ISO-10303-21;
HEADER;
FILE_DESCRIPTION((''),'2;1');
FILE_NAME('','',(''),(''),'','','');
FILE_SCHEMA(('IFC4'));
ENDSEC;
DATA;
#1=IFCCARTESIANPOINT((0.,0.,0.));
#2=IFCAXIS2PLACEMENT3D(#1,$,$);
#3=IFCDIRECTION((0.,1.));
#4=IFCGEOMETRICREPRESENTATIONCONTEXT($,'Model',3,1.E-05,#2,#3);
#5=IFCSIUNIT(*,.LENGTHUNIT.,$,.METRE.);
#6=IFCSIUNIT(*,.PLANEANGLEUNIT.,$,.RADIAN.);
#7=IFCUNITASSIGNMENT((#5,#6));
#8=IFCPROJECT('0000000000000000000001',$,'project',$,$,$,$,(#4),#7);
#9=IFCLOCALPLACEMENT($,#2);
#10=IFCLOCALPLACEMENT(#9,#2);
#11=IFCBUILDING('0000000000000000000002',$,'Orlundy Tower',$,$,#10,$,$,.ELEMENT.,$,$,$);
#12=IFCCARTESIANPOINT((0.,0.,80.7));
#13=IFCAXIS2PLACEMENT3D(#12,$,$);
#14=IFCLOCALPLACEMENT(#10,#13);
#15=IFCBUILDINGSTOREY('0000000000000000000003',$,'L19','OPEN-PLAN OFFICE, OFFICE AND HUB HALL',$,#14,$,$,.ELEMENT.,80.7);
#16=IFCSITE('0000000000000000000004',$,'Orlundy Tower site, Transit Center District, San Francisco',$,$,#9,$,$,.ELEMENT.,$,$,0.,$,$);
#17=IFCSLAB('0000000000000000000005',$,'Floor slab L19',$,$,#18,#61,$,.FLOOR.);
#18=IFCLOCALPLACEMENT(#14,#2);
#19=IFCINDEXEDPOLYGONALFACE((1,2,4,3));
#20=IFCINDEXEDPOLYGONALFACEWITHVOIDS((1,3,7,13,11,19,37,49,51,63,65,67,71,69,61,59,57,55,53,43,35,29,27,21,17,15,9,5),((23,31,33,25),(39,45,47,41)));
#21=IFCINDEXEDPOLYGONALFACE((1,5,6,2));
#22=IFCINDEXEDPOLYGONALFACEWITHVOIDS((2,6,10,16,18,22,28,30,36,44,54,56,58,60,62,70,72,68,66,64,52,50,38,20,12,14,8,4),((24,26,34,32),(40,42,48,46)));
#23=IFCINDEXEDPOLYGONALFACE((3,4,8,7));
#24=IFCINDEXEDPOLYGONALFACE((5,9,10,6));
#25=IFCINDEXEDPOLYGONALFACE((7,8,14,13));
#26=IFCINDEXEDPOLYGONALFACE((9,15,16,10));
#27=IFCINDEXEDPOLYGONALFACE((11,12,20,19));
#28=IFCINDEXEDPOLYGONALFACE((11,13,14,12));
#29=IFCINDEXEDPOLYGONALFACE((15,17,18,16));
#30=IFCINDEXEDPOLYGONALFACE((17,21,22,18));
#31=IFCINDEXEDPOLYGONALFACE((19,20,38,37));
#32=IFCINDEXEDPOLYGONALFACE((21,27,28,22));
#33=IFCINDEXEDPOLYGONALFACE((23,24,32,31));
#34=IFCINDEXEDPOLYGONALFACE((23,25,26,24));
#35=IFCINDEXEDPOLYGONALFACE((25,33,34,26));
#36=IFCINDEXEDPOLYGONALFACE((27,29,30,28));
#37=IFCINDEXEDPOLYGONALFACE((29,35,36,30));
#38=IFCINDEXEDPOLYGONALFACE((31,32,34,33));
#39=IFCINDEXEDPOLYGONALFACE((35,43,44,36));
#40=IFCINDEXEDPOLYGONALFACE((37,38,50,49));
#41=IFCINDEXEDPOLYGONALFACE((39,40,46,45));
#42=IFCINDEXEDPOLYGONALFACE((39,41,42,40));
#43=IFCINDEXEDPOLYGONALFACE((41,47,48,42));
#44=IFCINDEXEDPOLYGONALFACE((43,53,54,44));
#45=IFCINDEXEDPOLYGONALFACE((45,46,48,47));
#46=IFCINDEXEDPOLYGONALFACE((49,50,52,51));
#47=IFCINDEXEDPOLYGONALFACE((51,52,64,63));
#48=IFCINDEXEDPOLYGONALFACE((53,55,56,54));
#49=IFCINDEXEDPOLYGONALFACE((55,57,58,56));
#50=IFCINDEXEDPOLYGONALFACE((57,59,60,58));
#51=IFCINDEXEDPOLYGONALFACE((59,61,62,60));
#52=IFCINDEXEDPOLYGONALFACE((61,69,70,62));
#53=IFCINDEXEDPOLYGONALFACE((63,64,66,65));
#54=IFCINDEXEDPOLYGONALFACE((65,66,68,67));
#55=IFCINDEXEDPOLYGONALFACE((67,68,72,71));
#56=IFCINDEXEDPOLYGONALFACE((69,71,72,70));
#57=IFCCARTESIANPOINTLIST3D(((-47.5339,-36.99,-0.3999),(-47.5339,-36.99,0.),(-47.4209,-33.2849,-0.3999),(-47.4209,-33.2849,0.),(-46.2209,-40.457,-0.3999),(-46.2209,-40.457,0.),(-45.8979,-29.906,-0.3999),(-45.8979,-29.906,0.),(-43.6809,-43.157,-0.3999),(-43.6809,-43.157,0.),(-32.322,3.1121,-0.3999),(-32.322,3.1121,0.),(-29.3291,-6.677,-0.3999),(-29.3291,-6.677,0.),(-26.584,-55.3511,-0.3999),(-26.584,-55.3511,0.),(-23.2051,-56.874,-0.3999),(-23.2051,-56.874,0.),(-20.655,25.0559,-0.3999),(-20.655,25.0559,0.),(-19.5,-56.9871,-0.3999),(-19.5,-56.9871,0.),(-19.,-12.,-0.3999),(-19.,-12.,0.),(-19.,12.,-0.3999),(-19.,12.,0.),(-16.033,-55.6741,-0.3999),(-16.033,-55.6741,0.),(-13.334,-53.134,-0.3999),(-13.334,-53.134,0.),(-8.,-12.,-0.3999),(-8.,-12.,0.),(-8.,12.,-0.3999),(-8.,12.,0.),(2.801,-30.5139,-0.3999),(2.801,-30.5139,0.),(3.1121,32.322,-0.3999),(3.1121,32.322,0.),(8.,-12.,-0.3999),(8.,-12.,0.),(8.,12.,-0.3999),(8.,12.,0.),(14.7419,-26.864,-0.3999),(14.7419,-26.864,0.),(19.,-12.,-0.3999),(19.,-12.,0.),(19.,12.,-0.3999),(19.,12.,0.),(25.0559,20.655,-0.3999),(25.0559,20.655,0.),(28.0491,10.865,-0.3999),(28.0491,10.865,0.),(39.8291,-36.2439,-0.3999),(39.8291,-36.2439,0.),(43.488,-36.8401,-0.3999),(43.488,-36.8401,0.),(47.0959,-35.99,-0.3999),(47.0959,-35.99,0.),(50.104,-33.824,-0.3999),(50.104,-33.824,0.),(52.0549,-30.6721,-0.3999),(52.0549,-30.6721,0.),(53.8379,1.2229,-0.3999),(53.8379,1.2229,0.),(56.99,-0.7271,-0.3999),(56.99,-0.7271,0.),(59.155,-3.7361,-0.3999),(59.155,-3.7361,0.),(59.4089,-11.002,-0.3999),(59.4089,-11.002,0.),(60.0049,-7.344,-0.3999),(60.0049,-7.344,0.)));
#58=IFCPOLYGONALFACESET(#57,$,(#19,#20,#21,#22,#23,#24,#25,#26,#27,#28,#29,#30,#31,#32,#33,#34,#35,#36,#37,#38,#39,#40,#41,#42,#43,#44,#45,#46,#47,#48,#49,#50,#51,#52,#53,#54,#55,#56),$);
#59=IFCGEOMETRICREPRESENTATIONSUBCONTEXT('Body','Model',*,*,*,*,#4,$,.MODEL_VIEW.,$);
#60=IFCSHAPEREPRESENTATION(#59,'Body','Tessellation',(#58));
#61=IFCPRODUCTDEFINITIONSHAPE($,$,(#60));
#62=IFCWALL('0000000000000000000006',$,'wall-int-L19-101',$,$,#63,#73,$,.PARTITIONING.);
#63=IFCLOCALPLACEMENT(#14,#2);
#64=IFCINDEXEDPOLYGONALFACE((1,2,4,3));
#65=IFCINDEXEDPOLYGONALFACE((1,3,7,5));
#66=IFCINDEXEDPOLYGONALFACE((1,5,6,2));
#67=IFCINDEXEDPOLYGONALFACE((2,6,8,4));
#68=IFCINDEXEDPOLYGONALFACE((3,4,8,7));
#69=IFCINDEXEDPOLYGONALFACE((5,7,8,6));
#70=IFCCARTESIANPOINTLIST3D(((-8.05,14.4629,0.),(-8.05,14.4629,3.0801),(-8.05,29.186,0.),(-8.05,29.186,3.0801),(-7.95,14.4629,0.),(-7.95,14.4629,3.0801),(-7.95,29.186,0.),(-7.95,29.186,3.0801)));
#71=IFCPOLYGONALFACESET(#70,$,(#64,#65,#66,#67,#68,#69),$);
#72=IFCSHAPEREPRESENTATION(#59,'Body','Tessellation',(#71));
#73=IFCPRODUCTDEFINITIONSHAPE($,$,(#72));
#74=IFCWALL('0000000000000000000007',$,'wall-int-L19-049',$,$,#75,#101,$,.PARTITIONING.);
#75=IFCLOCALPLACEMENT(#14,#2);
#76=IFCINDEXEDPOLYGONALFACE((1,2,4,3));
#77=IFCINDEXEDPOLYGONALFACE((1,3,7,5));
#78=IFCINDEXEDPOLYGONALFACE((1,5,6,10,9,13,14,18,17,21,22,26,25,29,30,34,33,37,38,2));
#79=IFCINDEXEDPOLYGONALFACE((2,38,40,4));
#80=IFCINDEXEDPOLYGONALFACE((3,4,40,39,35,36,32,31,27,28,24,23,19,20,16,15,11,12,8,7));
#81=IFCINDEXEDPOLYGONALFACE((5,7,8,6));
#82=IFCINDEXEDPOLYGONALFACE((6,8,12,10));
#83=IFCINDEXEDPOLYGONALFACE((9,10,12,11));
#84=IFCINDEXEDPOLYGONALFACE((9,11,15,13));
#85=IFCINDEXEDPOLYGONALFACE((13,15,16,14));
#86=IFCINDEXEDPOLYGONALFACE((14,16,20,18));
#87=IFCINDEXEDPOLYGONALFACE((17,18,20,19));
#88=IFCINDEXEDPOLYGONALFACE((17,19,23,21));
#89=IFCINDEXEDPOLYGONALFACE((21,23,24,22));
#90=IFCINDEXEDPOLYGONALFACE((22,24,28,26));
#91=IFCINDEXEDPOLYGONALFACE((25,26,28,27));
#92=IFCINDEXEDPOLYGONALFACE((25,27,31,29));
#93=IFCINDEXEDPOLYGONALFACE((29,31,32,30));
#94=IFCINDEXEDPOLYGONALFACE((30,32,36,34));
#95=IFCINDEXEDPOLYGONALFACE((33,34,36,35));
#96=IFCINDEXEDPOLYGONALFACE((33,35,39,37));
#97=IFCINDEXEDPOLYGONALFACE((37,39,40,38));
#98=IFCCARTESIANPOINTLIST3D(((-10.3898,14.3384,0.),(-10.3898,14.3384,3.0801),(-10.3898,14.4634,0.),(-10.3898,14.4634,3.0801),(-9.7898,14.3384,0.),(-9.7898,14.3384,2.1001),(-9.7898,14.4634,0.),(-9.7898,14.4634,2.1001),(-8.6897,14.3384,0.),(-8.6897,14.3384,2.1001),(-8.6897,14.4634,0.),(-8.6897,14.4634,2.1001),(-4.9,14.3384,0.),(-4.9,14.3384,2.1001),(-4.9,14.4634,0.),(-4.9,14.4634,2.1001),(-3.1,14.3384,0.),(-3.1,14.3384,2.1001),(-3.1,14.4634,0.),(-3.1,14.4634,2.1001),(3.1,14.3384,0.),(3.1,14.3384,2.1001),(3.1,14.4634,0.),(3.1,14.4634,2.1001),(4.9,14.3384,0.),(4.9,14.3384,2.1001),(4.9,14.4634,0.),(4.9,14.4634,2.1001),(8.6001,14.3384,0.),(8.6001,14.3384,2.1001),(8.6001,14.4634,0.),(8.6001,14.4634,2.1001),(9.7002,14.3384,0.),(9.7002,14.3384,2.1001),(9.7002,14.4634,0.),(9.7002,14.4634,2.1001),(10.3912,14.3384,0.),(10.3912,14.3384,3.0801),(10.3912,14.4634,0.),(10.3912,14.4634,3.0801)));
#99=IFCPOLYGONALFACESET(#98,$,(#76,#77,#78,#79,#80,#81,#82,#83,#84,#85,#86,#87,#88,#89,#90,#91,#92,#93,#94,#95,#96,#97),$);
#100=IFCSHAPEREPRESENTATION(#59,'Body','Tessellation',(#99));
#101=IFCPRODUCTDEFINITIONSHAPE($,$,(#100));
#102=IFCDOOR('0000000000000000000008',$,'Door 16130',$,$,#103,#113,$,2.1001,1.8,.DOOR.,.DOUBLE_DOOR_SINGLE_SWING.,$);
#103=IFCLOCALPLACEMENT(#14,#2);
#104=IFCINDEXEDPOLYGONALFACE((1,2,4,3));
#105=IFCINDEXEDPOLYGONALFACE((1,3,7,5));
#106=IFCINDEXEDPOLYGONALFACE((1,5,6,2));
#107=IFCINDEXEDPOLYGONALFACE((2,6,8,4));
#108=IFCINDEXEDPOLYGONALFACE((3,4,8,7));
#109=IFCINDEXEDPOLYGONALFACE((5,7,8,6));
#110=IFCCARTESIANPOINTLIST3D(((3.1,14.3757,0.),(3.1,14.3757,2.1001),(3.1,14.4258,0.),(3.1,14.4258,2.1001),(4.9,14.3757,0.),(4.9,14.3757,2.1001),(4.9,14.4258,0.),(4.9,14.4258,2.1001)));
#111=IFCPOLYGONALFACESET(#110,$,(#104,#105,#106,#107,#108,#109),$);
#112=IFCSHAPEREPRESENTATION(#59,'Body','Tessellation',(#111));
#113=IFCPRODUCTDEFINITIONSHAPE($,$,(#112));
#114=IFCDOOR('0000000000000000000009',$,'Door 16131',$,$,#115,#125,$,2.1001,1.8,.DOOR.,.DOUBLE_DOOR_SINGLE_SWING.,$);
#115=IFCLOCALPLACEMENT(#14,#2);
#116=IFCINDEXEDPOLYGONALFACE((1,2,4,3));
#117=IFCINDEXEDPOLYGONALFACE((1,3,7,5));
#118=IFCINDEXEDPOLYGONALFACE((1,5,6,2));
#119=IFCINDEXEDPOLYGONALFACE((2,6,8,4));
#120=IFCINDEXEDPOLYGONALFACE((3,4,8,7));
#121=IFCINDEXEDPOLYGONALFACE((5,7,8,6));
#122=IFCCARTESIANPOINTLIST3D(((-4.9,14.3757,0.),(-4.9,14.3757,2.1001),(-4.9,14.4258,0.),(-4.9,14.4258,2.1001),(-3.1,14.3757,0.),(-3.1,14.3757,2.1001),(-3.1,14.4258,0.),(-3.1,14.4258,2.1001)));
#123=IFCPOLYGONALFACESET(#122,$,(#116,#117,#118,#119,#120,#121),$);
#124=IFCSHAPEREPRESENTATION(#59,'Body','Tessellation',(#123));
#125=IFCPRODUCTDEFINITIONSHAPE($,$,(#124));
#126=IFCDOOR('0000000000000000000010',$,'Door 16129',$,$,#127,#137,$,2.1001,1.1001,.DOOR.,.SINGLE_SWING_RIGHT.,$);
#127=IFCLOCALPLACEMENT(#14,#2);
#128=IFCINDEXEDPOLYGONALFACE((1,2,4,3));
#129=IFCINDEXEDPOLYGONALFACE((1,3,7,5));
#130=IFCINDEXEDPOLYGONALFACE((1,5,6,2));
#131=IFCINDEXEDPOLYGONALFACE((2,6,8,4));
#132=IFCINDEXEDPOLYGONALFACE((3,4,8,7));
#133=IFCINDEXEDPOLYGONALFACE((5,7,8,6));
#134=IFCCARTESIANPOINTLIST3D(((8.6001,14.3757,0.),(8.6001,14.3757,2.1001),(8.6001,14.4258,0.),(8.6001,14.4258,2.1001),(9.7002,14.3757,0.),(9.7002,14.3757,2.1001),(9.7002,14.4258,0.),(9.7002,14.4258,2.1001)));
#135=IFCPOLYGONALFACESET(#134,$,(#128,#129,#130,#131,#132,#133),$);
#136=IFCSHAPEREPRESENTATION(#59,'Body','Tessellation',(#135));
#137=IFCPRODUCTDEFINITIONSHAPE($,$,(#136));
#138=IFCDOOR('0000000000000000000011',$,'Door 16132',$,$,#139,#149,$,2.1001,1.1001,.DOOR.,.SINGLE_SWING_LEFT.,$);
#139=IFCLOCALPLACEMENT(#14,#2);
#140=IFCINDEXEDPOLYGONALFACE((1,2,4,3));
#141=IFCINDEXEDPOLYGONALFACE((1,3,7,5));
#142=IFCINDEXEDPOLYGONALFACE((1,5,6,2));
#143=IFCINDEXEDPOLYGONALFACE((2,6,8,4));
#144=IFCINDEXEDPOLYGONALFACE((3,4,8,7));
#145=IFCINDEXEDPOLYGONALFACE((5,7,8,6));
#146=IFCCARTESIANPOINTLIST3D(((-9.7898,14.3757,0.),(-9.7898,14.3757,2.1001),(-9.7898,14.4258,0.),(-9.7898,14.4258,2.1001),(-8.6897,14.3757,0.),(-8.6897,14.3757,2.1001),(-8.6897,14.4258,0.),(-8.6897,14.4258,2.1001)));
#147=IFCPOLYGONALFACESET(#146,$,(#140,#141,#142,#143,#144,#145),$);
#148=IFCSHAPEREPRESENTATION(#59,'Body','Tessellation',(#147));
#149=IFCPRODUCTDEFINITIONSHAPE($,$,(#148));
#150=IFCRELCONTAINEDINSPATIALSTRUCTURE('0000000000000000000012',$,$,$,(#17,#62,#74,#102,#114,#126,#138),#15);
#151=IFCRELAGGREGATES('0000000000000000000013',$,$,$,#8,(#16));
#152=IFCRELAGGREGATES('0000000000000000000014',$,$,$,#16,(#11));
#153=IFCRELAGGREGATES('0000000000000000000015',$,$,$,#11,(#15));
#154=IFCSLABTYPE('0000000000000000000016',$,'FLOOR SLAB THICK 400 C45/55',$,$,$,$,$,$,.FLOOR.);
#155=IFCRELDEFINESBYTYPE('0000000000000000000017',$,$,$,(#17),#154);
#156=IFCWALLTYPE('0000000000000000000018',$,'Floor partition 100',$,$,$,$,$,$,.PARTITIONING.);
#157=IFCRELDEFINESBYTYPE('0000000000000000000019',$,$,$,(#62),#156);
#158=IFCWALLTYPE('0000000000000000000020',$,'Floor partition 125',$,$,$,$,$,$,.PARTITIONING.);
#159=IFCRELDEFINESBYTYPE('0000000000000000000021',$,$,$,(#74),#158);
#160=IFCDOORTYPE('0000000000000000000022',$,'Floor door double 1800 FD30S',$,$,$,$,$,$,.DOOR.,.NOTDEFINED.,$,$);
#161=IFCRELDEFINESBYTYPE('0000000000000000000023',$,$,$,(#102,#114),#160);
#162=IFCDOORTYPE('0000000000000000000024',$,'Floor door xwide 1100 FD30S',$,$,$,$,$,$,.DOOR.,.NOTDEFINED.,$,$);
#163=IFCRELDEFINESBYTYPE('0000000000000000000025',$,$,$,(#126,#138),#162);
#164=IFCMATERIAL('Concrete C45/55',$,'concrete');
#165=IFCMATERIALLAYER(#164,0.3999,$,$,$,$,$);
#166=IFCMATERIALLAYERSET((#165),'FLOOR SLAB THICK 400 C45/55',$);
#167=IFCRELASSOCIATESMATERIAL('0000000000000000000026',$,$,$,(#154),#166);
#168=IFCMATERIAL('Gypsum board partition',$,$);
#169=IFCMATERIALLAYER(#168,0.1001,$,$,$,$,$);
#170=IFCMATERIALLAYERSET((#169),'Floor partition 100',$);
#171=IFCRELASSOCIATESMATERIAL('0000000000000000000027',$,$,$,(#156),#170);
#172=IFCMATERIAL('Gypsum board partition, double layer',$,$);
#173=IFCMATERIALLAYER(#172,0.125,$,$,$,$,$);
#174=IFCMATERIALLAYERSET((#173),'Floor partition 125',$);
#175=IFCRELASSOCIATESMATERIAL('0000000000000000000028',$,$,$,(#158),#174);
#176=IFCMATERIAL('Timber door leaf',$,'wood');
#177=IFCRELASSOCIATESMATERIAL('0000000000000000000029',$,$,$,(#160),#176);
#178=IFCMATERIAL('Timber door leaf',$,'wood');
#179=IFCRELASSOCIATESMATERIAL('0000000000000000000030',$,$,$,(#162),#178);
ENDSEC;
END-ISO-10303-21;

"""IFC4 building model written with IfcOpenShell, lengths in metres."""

from ifc_helpers import new_model, si_unit, direction, frame, frame_2d, origin, place, context, subcontext, project, spatial, polyline, rectangle, outline, extrude, material, layer, layer_set, type_object, element, fill, save


model = new_model("IFC4")

# Units and contexts
model_context = context("Model", 3, precision=1e-05, world=origin(), true_north=direction((0.0, 1.0)))
body_context = subcontext(model_context, "Body", "Model", "MODEL_VIEW")
ifc_project = project(units=[si_unit("LENGTHUNIT", "METRE"), si_unit("PLANEANGLEUNIT", "RADIAN")], contexts=[model_context])

# Site, building, storey
site_placement = place(None, origin())
site = spatial("IfcSite", under=ifc_project, at=site_placement, Name="Orlundy Tower site, Transit Center District, San Francisco", CompositionType="ELEMENT", RefElevation=0.0)
building_placement = place(site_placement, origin())
building = spatial("IfcBuilding", under=site, at=building_placement, Name="Orlundy Tower", CompositionType="ELEMENT")
storey_placement = place(building_placement, frame((0.0, 0.0, 80.7)))
storey = spatial("IfcBuildingStorey", under=building, at=storey_placement, Name="L19", Description="OPEN-PLAN OFFICE, OFFICE AND HUB HALL", CompositionType="ELEMENT", Elevation=80.7)

# Slab
ifc_material_1 = material(Name="Concrete C45/55", Category="concrete")
ifc_layer_1 = layer(ifc_material_1, 0.3999)
ifc_layer_set_1 = layer_set([ifc_layer_1], Name="FLOOR SLAB THICK 400 C45/55")
slab_type = type_object("IfcSlabType", Name="FLOOR SLAB THICK 400 C45/55", PredefinedType="FLOOR", material=ifc_layer_set_1)
slab_placement = place(storey_placement, frame((0.0, 0.0, -0.3999)))
element("IfcSlab", 1, at=slab_placement, inside=storey, type_object=slab_type, Name="Floor slab L19", PredefinedType="FLOOR", context=body_context, shape_type="SweptSolid", body=[
    extrude(outline(polyline([(-29.3291, -6.677), (-32.322, 3.1121), (-20.655, 25.0559), (3.1121, 32.322), (25.0559, 20.655), (28.0491, 10.865), (53.8379, 1.2229), (56.99, -0.7271), (59.155, -3.7361), (60.0049, -7.344), (59.4089, -11.002), (52.0549, -30.6721), (50.104, -33.824), (47.0959, -35.99), (43.488, -36.8401), (39.8291, -36.2439), (14.7419, -26.864), (2.801, -30.5139), (-13.334, -53.134), (-16.033, -55.6741), (-19.5, -56.9871), (-23.2051, -56.874), (-26.584, -55.3511), (-43.6809, -43.157), (-46.2209, -40.457), (-47.5339, -36.99), (-47.4209, -33.2849), (-45.8979, -29.906), (-29.3291, -6.677)]), holes=[polyline([(-8.0, -12.0), (-8.0, 12.0), (-19.0, 12.0), (-19.0, -12.0), (-8.0, -12.0)]), polyline([(19.0, -12.0), (19.0, 12.0), (8.0, 12.0), (8.0, -12.0), (19.0, -12.0)])]), origin(), (0.0, 0.0, 1.0), 0.3999),
])

# Wall
ifc_material_2 = material(Name="Gypsum board partition")
ifc_layer_2 = layer(ifc_material_2, 0.1001)
ifc_layer_set_2 = layer_set([ifc_layer_2], Name="Floor partition 100")
wall_type_1 = type_object("IfcWallType", Name="Floor partition 100", PredefinedType="PARTITIONING", material=ifc_layer_set_2)
wall_1_placement = place(storey_placement, frame((-8.0, 14.4629, 0.0), z_axis=(0.0, 0.0, 1.0), x_axis=(0.0, 1.0, 0.0)))
element("IfcWall", 2, at=wall_1_placement, inside=storey, type_object=wall_type_1, Name="wall-int-L19-101", PredefinedType="PARTITIONING", context=body_context, shape_type="SweptSolid", body=[
    extrude(rectangle(XDim=14.7231, YDim=0.1001, at=frame_2d((7.3616, 0.0))), origin(), (0.0, 0.0, 1.0), 3.0801),
])

# Wall, openings, doors
ifc_material_3 = material(Name="Gypsum board partition, double layer")
ifc_layer_3 = layer(ifc_material_3, 0.125)
ifc_layer_set_3 = layer_set([ifc_layer_3], Name="Floor partition 125")
wall_type_2 = type_object("IfcWallType", Name="Floor partition 125", PredefinedType="PARTITIONING", material=ifc_layer_set_3)
wall_2_placement = place(storey_placement, frame((-10.3899, 14.4009, 0.0), z_axis=(0.0, 0.0, 1.0), x_axis=(1.0, 0.0, 0.0)))
wall_2 = element("IfcWall", 3, at=wall_2_placement, inside=storey, type_object=wall_type_2, Name="wall-int-L19-049", PredefinedType="PARTITIONING", context=body_context, shape_type="SweptSolid", body=[
    extrude(rectangle(XDim=20.781, YDim=0.125, at=frame_2d((10.3906, 0.0))), origin(), (0.0, 0.0, 1.0), 3.0801),
])
opening_1_placement = place(wall_2_placement, frame((18.99, 0.0, 0.0)))
opening_1 = element("IfcOpeningElement", 4, at=opening_1_placement, cuts=wall_2, PredefinedType="OPENING", context=body_context, shape_type="SweptSolid", body=[
    extrude(rectangle(XDim=1.1001, YDim=2.1001, at=frame_2d((0.55, 1.05))), frame((0.0, 0.0725, 0.0), z_axis=(0.0, -1.0, 0.0), x_axis=(1.0, 0.0, 0.0)), (0.0, 0.0, 1.0), 0.145),
])
opening_2_placement = place(wall_2_placement, frame((13.49, 0.0, 0.0)))
opening_2 = element("IfcOpeningElement", 5, at=opening_2_placement, cuts=wall_2, PredefinedType="OPENING", context=body_context, shape_type="SweptSolid", body=[
    extrude(rectangle(XDim=1.8, YDim=2.1001, at=frame_2d((0.8999, 1.05))), frame((0.0, 0.0725, 0.0), z_axis=(0.0, -1.0, 0.0), x_axis=(1.0, 0.0, 0.0)), (0.0, 0.0, 1.0), 0.145),
])
opening_3_placement = place(wall_2_placement, frame((5.49, 0.0, 0.0)))
opening_3 = element("IfcOpeningElement", 6, at=opening_3_placement, cuts=wall_2, PredefinedType="OPENING", context=body_context, shape_type="SweptSolid", body=[
    extrude(rectangle(XDim=1.8, YDim=2.1001, at=frame_2d((0.8999, 1.05))), frame((0.0, 0.0725, 0.0), z_axis=(0.0, -1.0, 0.0), x_axis=(1.0, 0.0, 0.0)), (0.0, 0.0, 1.0), 0.145),
])
opening_4_placement = place(wall_2_placement, frame((0.6001, 0.0, 0.0)))
opening_4 = element("IfcOpeningElement", 7, at=opening_4_placement, cuts=wall_2, PredefinedType="OPENING", context=body_context, shape_type="SweptSolid", body=[
    extrude(rectangle(XDim=1.1001, YDim=2.1001, at=frame_2d((0.55, 1.05))), frame((0.0, 0.0725, 0.0), z_axis=(0.0, -1.0, 0.0), x_axis=(1.0, 0.0, 0.0)), (0.0, 0.0, 1.0), 0.145),
])
ifc_material_4 = material(Name="Timber door leaf", Category="wood")
door_type_1 = type_object("IfcDoorType", Name="Floor door double 1800 FD30S", OperationType="NOTDEFINED", PredefinedType="DOOR", material=ifc_material_4)
door_1_placement = place(opening_2_placement, origin())
door_1 = element("IfcDoor", 8, at=door_1_placement, inside=storey, type_object=door_type_1, Name="Door 16130", OperationType="DOUBLE_DOOR_SINGLE_SWING", OverallHeight=2.1001, OverallWidth=1.8, PredefinedType="DOOR", context=body_context, shape_type="SweptSolid", body=[
    extrude(rectangle(XDim=1.8, YDim=2.1001, at=frame_2d((0.8999, 1.05))), frame((0.0, 0.0249, 0.0), z_axis=(0.0, -1.0, 0.0), x_axis=(1.0, 0.0, 0.0)), (0.0, 0.0, 1.0), 0.05),
])
fill(opening_2, door_1)
door_2_placement = place(opening_3_placement, origin())
door_2 = element("IfcDoor", 9, at=door_2_placement, inside=storey, type_object=door_type_1, Name="Door 16131", OperationType="DOUBLE_DOOR_SINGLE_SWING", OverallHeight=2.1001, OverallWidth=1.8, PredefinedType="DOOR", context=body_context, shape_type="SweptSolid", body=[
    extrude(rectangle(XDim=1.8, YDim=2.1001, at=frame_2d((0.8999, 1.05))), frame((0.0, 0.0249, 0.0), z_axis=(0.0, -1.0, 0.0), x_axis=(1.0, 0.0, 0.0)), (0.0, 0.0, 1.0), 0.05),
])
fill(opening_3, door_2)
ifc_material_5 = material(Name="Timber door leaf", Category="wood")
door_type_2 = type_object("IfcDoorType", Name="Floor door xwide 1100 FD30S", OperationType="NOTDEFINED", PredefinedType="DOOR", material=ifc_material_5)
door_3_placement = place(opening_1_placement, origin())
door_3 = element("IfcDoor", 10, at=door_3_placement, inside=storey, type_object=door_type_2, Name="Door 16129", OperationType="SINGLE_SWING_RIGHT", OverallHeight=2.1001, OverallWidth=1.1001, PredefinedType="DOOR", context=body_context, shape_type="SweptSolid", body=[
    extrude(rectangle(XDim=1.1001, YDim=2.1001, at=frame_2d((0.55, 1.05))), frame((0.0, 0.0249, 0.0), z_axis=(0.0, -1.0, 0.0), x_axis=(1.0, 0.0, 0.0)), (0.0, 0.0, 1.0), 0.05),
])
fill(opening_1, door_3)
door_4_placement = place(opening_4_placement, origin())
door_4 = element("IfcDoor", 11, at=door_4_placement, inside=storey, type_object=door_type_2, Name="Door 16132", OperationType="SINGLE_SWING_LEFT", OverallHeight=2.1001, OverallWidth=1.1001, PredefinedType="DOOR", context=body_context, shape_type="SweptSolid", body=[
    extrude(rectangle(XDim=1.1001, YDim=2.1001, at=frame_2d((0.55, 1.05))), frame((0.0, 0.0249, 0.0), z_axis=(0.0, -1.0, 0.0), x_axis=(1.0, 0.0, 0.0)), (0.0, 0.0, 1.0), 0.05),
])
fill(opening_4, door_4)

save(model, "model.ifc")
